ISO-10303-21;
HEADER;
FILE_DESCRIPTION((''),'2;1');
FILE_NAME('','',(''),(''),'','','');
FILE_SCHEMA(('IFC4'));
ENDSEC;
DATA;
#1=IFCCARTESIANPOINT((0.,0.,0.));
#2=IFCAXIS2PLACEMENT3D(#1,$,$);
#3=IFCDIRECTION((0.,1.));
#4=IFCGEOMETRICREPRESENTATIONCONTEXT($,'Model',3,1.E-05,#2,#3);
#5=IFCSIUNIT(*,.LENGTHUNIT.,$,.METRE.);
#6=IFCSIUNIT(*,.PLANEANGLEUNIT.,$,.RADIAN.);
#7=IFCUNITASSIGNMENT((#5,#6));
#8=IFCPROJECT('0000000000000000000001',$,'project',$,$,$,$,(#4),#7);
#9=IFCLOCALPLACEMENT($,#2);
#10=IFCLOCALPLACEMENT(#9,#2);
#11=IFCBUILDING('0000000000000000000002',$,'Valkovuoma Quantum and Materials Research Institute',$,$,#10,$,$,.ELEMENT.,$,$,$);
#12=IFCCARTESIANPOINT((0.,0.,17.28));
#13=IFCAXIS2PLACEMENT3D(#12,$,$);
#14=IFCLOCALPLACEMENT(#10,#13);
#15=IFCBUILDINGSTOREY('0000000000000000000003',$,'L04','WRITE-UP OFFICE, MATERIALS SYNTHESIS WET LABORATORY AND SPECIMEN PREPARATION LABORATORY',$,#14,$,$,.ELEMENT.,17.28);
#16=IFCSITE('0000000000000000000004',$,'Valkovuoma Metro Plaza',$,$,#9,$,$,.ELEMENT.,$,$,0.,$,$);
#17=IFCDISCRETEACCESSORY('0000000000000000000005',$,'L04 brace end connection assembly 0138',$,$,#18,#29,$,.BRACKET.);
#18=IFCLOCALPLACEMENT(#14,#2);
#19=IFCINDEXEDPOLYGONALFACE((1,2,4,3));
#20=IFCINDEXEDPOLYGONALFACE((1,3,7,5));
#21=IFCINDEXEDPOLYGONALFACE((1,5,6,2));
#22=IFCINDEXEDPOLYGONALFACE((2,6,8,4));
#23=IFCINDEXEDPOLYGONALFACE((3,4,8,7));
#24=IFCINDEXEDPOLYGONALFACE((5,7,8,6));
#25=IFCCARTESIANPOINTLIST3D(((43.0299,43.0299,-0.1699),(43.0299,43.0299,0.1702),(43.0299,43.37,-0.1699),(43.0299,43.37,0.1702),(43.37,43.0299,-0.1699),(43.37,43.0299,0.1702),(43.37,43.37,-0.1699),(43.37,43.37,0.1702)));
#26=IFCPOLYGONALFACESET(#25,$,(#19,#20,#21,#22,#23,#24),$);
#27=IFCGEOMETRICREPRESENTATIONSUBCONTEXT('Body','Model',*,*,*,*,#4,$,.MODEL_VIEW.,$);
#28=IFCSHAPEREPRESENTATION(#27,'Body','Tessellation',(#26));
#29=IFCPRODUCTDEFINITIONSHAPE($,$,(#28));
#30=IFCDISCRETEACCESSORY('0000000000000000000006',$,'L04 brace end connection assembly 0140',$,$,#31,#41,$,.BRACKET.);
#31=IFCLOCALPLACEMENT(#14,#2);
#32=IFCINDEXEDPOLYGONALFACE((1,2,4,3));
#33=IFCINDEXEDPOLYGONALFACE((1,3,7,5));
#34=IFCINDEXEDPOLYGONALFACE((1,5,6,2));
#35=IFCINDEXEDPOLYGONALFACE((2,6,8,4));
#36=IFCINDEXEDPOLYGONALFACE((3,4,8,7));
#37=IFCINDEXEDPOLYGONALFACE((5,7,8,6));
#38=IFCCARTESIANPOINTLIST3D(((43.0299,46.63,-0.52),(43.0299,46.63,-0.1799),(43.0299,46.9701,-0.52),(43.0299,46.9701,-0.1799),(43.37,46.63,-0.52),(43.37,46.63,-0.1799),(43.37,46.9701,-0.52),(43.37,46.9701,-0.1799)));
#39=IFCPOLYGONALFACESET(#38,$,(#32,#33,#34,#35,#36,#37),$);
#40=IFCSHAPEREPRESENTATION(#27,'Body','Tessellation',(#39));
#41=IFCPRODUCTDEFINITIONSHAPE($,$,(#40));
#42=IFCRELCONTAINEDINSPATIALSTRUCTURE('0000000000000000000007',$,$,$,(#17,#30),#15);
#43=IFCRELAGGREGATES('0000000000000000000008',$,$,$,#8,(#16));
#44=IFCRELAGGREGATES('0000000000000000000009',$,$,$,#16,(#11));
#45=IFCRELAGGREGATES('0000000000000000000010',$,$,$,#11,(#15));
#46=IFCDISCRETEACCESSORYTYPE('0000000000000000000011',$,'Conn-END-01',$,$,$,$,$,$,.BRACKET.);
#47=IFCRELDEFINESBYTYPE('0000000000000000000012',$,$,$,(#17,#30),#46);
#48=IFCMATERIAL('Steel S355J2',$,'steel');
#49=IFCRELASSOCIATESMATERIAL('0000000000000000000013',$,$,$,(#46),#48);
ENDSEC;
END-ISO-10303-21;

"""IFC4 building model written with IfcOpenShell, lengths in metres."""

from ifc_helpers import new_model, si_unit, direction, frame, origin, origin_2d, place, context, subcontext, project, spatial, rectangle, extrude, material, type_object, element, save


model = new_model("IFC4")

# Units and contexts
model_context = context("Model", 3, precision=1e-05, world=origin(), true_north=direction((0.0, 1.0)))
body_context = subcontext(model_context, "Body", "Model", "MODEL_VIEW")
ifc_project = project(units=[si_unit("LENGTHUNIT", "METRE"), si_unit("PLANEANGLEUNIT", "RADIAN")], contexts=[model_context])

# Site, building, storey
site_placement = place(None, origin())
site = spatial("IfcSite", under=ifc_project, at=site_placement, Name="Valkovuoma Metro Plaza", CompositionType="ELEMENT", RefElevation=0.0)
building_placement = place(site_placement, origin())
building = spatial("IfcBuilding", under=site, at=building_placement, Name="Valkovuoma Quantum and Materials Research Institute", CompositionType="ELEMENT")
storey_placement = place(building_placement, frame((0.0, 0.0, 17.28)))
storey = spatial("IfcBuildingStorey", under=building, at=storey_placement, Name="L04", Description="WRITE-UP OFFICE, MATERIALS SYNTHESIS WET LABORATORY AND SPECIMEN PREPARATION LABORATORY", CompositionType="ELEMENT", Elevation=17.28)

# Discrete accessories
ifc_material_1 = material(Name="Steel S355J2", Category="steel")
discrete_accessory_type_1 = type_object("IfcDiscreteAccessoryType", Name="Conn-END-01", PredefinedType="BRACKET", material=ifc_material_1)
for number, where, z_axis, x_axis, name in (
    (1, (43.2, 43.2, -0.1699), (0.0, 0.0, 1.0), (1.0, 0.0, 0.0), "L04 brace end connection assembly 0138"),
    (2, (43.2, 46.8, -0.52), (0.0, 0.0, 1.0), (1.0, 0.0, 0.0), "L04 brace end connection assembly 0140"),
):
    element("IfcDiscreteAccessory", number, at=place(storey_placement, frame(where, z_axis=z_axis, x_axis=x_axis)), inside=storey, type_object=discrete_accessory_type_1, Name=name, PredefinedType="BRACKET", context=body_context, shape_type="SweptSolid", body=[
        extrude(rectangle(XDim=0.3401, YDim=0.3401, at=origin_2d()), origin(), (0.0, 0.0, 1.0), 0.3401),
    ])

save(model, "model.ifc")
